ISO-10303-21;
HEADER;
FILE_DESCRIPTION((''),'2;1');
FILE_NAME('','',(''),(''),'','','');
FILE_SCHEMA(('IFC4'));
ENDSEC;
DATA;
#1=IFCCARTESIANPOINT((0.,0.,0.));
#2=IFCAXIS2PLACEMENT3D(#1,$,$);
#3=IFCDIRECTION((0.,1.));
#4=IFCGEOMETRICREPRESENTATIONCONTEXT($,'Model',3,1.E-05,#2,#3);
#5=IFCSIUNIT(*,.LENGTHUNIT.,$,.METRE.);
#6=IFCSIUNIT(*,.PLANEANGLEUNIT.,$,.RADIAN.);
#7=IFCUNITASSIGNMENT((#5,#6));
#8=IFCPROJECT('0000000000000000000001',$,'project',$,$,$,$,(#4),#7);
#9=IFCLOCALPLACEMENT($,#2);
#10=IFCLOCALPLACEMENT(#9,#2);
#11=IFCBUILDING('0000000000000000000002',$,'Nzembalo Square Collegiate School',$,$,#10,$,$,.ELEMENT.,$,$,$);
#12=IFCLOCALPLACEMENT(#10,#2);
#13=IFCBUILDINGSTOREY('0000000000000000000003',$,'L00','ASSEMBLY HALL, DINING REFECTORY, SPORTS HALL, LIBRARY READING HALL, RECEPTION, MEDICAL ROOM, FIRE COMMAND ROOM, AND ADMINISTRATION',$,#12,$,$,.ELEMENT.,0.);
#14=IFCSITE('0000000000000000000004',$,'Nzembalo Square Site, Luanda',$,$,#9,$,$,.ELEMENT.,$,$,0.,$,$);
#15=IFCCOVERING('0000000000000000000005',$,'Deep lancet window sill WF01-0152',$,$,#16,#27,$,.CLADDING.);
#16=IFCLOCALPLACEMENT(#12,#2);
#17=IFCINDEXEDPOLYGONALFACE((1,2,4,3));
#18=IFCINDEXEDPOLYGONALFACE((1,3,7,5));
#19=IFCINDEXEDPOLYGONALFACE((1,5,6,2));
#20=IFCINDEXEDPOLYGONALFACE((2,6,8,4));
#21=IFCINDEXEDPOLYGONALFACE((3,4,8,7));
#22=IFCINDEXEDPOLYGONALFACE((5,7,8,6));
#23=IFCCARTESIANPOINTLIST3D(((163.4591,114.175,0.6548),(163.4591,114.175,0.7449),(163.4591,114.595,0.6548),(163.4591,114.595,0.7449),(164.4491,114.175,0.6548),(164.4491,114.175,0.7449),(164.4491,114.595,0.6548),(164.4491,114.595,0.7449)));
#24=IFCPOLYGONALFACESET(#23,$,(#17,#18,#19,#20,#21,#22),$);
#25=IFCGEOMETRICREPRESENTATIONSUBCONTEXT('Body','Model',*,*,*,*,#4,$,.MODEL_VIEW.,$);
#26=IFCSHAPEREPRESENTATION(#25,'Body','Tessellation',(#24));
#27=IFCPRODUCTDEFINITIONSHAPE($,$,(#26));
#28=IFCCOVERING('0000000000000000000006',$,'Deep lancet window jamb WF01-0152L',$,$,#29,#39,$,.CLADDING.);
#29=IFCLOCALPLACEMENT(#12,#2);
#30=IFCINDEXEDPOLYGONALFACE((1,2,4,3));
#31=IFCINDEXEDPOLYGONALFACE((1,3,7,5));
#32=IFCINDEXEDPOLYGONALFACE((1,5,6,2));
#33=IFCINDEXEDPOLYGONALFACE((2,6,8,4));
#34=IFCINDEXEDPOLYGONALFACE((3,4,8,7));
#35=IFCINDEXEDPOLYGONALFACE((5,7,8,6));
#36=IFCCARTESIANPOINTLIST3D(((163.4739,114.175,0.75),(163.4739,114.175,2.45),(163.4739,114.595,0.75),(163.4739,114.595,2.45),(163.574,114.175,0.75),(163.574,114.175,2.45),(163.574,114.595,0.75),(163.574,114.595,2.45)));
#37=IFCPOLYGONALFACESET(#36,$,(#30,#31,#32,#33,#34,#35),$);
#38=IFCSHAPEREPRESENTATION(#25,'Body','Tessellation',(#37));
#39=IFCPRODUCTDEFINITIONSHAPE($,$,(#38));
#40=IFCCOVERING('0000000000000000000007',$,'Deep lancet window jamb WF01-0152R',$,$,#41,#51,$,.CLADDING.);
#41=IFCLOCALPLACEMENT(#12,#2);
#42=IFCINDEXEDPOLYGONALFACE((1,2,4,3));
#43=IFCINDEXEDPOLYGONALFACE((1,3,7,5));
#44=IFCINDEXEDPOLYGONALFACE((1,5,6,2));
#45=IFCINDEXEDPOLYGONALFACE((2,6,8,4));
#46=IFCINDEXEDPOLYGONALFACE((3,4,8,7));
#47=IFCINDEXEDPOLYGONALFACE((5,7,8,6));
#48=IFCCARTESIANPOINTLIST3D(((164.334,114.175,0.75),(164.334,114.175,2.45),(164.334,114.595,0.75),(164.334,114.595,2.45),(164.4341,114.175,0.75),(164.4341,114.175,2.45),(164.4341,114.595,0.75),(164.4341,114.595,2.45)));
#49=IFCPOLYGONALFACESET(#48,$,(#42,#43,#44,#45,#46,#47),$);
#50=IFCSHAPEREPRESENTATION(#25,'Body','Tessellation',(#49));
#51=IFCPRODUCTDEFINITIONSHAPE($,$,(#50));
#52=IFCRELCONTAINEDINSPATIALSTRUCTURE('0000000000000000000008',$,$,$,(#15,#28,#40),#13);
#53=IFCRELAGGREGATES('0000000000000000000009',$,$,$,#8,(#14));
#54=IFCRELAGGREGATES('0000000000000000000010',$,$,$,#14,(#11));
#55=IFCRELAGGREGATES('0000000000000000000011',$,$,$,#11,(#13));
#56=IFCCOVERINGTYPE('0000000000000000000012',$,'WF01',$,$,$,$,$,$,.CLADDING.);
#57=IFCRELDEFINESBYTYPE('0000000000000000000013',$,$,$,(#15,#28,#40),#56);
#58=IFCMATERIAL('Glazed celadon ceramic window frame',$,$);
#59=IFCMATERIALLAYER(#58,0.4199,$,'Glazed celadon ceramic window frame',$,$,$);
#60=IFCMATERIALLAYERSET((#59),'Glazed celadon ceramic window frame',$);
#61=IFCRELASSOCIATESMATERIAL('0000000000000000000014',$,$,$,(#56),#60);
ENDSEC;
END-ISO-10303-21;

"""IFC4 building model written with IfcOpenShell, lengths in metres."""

from ifc_helpers import new_model, si_unit, direction, frame, origin, origin_2d, place, context, subcontext, project, spatial, rectangle, extrude, material, layer, layer_set, type_object, element, save


model = new_model("IFC4")

# Units and contexts
model_context = context("Model", 3, precision=1e-05, world=origin(), true_north=direction((0.0, 1.0)))
body_context = subcontext(model_context, "Body", "Model", "MODEL_VIEW")
ifc_project = project(units=[si_unit("LENGTHUNIT", "METRE"), si_unit("PLANEANGLEUNIT", "RADIAN")], contexts=[model_context])

# Site, building, storey
site_placement = place(None, origin())
site = spatial("IfcSite", under=ifc_project, at=site_placement, Name="Nzembalo Square Site, Luanda", CompositionType="ELEMENT", RefElevation=0.0)
building_placement = place(site_placement, origin())
building = spatial("IfcBuilding", under=site, at=building_placement, Name="Nzembalo Square Collegiate School", CompositionType="ELEMENT")
storey_placement = place(building_placement, origin())
storey = spatial("IfcBuildingStorey", under=building, at=storey_placement, Name="L00", Description="ASSEMBLY HALL, DINING REFECTORY, SPORTS HALL, LIBRARY READING HALL, RECEPTION, MEDICAL ROOM, FIRE COMMAND ROOM, AND ADMINISTRATION", CompositionType="ELEMENT", Elevation=0.0)

# Coverings
ifc_material_1 = material(Name="Glazed celadon ceramic window frame")
ifc_layer_1 = layer(ifc_material_1, 0.4199, Name="Glazed celadon ceramic window frame")
ifc_layer_set_1 = layer_set([ifc_layer_1], Name="Glazed celadon ceramic window frame")
covering_type = type_object("IfcCoveringType", Name="WF01", PredefinedType="CLADDING", material=ifc_layer_set_1)
covering_1_placement = place(storey_placement, frame((163.9541, 114.385, 0.6548), z_axis=(0.0, 0.0, 1.0), x_axis=(1.0, 0.0, 0.0)))
element("IfcCovering", 1, at=covering_1_placement, inside=storey, type_object=covering_type, Name="Deep lancet window sill WF01-0152", PredefinedType="CLADDING", context=body_context, shape_type="SweptSolid", body=[
    extrude(rectangle(XDim=0.99, YDim=0.4199, at=origin_2d()), origin(), (0.0, 0.0, 1.0), 0.0901),
])
for number, where, z_axis, x_axis, name in (
    (2, (163.5239, 114.385, 0.75), (0.0, 0.0, 1.0), (1.0, 0.0, 0.0), "Deep lancet window jamb WF01-0152L"),
    (3, (164.384, 114.385, 0.75), (0.0, 0.0, 1.0), (1.0, 0.0, 0.0), "Deep lancet window jamb WF01-0152R"),
):
    element("IfcCovering", number, at=place(storey_placement, frame(where, z_axis=z_axis, x_axis=x_axis)), inside=storey, type_object=covering_type, Name=name, PredefinedType="CLADDING", context=body_context, shape_type="SweptSolid", body=[
        extrude(rectangle(XDim=0.1001, YDim=0.4199, at=origin_2d()), origin(), (0.0, 0.0, 1.0), 1.7),
    ])

save(model, "model.ifc")
